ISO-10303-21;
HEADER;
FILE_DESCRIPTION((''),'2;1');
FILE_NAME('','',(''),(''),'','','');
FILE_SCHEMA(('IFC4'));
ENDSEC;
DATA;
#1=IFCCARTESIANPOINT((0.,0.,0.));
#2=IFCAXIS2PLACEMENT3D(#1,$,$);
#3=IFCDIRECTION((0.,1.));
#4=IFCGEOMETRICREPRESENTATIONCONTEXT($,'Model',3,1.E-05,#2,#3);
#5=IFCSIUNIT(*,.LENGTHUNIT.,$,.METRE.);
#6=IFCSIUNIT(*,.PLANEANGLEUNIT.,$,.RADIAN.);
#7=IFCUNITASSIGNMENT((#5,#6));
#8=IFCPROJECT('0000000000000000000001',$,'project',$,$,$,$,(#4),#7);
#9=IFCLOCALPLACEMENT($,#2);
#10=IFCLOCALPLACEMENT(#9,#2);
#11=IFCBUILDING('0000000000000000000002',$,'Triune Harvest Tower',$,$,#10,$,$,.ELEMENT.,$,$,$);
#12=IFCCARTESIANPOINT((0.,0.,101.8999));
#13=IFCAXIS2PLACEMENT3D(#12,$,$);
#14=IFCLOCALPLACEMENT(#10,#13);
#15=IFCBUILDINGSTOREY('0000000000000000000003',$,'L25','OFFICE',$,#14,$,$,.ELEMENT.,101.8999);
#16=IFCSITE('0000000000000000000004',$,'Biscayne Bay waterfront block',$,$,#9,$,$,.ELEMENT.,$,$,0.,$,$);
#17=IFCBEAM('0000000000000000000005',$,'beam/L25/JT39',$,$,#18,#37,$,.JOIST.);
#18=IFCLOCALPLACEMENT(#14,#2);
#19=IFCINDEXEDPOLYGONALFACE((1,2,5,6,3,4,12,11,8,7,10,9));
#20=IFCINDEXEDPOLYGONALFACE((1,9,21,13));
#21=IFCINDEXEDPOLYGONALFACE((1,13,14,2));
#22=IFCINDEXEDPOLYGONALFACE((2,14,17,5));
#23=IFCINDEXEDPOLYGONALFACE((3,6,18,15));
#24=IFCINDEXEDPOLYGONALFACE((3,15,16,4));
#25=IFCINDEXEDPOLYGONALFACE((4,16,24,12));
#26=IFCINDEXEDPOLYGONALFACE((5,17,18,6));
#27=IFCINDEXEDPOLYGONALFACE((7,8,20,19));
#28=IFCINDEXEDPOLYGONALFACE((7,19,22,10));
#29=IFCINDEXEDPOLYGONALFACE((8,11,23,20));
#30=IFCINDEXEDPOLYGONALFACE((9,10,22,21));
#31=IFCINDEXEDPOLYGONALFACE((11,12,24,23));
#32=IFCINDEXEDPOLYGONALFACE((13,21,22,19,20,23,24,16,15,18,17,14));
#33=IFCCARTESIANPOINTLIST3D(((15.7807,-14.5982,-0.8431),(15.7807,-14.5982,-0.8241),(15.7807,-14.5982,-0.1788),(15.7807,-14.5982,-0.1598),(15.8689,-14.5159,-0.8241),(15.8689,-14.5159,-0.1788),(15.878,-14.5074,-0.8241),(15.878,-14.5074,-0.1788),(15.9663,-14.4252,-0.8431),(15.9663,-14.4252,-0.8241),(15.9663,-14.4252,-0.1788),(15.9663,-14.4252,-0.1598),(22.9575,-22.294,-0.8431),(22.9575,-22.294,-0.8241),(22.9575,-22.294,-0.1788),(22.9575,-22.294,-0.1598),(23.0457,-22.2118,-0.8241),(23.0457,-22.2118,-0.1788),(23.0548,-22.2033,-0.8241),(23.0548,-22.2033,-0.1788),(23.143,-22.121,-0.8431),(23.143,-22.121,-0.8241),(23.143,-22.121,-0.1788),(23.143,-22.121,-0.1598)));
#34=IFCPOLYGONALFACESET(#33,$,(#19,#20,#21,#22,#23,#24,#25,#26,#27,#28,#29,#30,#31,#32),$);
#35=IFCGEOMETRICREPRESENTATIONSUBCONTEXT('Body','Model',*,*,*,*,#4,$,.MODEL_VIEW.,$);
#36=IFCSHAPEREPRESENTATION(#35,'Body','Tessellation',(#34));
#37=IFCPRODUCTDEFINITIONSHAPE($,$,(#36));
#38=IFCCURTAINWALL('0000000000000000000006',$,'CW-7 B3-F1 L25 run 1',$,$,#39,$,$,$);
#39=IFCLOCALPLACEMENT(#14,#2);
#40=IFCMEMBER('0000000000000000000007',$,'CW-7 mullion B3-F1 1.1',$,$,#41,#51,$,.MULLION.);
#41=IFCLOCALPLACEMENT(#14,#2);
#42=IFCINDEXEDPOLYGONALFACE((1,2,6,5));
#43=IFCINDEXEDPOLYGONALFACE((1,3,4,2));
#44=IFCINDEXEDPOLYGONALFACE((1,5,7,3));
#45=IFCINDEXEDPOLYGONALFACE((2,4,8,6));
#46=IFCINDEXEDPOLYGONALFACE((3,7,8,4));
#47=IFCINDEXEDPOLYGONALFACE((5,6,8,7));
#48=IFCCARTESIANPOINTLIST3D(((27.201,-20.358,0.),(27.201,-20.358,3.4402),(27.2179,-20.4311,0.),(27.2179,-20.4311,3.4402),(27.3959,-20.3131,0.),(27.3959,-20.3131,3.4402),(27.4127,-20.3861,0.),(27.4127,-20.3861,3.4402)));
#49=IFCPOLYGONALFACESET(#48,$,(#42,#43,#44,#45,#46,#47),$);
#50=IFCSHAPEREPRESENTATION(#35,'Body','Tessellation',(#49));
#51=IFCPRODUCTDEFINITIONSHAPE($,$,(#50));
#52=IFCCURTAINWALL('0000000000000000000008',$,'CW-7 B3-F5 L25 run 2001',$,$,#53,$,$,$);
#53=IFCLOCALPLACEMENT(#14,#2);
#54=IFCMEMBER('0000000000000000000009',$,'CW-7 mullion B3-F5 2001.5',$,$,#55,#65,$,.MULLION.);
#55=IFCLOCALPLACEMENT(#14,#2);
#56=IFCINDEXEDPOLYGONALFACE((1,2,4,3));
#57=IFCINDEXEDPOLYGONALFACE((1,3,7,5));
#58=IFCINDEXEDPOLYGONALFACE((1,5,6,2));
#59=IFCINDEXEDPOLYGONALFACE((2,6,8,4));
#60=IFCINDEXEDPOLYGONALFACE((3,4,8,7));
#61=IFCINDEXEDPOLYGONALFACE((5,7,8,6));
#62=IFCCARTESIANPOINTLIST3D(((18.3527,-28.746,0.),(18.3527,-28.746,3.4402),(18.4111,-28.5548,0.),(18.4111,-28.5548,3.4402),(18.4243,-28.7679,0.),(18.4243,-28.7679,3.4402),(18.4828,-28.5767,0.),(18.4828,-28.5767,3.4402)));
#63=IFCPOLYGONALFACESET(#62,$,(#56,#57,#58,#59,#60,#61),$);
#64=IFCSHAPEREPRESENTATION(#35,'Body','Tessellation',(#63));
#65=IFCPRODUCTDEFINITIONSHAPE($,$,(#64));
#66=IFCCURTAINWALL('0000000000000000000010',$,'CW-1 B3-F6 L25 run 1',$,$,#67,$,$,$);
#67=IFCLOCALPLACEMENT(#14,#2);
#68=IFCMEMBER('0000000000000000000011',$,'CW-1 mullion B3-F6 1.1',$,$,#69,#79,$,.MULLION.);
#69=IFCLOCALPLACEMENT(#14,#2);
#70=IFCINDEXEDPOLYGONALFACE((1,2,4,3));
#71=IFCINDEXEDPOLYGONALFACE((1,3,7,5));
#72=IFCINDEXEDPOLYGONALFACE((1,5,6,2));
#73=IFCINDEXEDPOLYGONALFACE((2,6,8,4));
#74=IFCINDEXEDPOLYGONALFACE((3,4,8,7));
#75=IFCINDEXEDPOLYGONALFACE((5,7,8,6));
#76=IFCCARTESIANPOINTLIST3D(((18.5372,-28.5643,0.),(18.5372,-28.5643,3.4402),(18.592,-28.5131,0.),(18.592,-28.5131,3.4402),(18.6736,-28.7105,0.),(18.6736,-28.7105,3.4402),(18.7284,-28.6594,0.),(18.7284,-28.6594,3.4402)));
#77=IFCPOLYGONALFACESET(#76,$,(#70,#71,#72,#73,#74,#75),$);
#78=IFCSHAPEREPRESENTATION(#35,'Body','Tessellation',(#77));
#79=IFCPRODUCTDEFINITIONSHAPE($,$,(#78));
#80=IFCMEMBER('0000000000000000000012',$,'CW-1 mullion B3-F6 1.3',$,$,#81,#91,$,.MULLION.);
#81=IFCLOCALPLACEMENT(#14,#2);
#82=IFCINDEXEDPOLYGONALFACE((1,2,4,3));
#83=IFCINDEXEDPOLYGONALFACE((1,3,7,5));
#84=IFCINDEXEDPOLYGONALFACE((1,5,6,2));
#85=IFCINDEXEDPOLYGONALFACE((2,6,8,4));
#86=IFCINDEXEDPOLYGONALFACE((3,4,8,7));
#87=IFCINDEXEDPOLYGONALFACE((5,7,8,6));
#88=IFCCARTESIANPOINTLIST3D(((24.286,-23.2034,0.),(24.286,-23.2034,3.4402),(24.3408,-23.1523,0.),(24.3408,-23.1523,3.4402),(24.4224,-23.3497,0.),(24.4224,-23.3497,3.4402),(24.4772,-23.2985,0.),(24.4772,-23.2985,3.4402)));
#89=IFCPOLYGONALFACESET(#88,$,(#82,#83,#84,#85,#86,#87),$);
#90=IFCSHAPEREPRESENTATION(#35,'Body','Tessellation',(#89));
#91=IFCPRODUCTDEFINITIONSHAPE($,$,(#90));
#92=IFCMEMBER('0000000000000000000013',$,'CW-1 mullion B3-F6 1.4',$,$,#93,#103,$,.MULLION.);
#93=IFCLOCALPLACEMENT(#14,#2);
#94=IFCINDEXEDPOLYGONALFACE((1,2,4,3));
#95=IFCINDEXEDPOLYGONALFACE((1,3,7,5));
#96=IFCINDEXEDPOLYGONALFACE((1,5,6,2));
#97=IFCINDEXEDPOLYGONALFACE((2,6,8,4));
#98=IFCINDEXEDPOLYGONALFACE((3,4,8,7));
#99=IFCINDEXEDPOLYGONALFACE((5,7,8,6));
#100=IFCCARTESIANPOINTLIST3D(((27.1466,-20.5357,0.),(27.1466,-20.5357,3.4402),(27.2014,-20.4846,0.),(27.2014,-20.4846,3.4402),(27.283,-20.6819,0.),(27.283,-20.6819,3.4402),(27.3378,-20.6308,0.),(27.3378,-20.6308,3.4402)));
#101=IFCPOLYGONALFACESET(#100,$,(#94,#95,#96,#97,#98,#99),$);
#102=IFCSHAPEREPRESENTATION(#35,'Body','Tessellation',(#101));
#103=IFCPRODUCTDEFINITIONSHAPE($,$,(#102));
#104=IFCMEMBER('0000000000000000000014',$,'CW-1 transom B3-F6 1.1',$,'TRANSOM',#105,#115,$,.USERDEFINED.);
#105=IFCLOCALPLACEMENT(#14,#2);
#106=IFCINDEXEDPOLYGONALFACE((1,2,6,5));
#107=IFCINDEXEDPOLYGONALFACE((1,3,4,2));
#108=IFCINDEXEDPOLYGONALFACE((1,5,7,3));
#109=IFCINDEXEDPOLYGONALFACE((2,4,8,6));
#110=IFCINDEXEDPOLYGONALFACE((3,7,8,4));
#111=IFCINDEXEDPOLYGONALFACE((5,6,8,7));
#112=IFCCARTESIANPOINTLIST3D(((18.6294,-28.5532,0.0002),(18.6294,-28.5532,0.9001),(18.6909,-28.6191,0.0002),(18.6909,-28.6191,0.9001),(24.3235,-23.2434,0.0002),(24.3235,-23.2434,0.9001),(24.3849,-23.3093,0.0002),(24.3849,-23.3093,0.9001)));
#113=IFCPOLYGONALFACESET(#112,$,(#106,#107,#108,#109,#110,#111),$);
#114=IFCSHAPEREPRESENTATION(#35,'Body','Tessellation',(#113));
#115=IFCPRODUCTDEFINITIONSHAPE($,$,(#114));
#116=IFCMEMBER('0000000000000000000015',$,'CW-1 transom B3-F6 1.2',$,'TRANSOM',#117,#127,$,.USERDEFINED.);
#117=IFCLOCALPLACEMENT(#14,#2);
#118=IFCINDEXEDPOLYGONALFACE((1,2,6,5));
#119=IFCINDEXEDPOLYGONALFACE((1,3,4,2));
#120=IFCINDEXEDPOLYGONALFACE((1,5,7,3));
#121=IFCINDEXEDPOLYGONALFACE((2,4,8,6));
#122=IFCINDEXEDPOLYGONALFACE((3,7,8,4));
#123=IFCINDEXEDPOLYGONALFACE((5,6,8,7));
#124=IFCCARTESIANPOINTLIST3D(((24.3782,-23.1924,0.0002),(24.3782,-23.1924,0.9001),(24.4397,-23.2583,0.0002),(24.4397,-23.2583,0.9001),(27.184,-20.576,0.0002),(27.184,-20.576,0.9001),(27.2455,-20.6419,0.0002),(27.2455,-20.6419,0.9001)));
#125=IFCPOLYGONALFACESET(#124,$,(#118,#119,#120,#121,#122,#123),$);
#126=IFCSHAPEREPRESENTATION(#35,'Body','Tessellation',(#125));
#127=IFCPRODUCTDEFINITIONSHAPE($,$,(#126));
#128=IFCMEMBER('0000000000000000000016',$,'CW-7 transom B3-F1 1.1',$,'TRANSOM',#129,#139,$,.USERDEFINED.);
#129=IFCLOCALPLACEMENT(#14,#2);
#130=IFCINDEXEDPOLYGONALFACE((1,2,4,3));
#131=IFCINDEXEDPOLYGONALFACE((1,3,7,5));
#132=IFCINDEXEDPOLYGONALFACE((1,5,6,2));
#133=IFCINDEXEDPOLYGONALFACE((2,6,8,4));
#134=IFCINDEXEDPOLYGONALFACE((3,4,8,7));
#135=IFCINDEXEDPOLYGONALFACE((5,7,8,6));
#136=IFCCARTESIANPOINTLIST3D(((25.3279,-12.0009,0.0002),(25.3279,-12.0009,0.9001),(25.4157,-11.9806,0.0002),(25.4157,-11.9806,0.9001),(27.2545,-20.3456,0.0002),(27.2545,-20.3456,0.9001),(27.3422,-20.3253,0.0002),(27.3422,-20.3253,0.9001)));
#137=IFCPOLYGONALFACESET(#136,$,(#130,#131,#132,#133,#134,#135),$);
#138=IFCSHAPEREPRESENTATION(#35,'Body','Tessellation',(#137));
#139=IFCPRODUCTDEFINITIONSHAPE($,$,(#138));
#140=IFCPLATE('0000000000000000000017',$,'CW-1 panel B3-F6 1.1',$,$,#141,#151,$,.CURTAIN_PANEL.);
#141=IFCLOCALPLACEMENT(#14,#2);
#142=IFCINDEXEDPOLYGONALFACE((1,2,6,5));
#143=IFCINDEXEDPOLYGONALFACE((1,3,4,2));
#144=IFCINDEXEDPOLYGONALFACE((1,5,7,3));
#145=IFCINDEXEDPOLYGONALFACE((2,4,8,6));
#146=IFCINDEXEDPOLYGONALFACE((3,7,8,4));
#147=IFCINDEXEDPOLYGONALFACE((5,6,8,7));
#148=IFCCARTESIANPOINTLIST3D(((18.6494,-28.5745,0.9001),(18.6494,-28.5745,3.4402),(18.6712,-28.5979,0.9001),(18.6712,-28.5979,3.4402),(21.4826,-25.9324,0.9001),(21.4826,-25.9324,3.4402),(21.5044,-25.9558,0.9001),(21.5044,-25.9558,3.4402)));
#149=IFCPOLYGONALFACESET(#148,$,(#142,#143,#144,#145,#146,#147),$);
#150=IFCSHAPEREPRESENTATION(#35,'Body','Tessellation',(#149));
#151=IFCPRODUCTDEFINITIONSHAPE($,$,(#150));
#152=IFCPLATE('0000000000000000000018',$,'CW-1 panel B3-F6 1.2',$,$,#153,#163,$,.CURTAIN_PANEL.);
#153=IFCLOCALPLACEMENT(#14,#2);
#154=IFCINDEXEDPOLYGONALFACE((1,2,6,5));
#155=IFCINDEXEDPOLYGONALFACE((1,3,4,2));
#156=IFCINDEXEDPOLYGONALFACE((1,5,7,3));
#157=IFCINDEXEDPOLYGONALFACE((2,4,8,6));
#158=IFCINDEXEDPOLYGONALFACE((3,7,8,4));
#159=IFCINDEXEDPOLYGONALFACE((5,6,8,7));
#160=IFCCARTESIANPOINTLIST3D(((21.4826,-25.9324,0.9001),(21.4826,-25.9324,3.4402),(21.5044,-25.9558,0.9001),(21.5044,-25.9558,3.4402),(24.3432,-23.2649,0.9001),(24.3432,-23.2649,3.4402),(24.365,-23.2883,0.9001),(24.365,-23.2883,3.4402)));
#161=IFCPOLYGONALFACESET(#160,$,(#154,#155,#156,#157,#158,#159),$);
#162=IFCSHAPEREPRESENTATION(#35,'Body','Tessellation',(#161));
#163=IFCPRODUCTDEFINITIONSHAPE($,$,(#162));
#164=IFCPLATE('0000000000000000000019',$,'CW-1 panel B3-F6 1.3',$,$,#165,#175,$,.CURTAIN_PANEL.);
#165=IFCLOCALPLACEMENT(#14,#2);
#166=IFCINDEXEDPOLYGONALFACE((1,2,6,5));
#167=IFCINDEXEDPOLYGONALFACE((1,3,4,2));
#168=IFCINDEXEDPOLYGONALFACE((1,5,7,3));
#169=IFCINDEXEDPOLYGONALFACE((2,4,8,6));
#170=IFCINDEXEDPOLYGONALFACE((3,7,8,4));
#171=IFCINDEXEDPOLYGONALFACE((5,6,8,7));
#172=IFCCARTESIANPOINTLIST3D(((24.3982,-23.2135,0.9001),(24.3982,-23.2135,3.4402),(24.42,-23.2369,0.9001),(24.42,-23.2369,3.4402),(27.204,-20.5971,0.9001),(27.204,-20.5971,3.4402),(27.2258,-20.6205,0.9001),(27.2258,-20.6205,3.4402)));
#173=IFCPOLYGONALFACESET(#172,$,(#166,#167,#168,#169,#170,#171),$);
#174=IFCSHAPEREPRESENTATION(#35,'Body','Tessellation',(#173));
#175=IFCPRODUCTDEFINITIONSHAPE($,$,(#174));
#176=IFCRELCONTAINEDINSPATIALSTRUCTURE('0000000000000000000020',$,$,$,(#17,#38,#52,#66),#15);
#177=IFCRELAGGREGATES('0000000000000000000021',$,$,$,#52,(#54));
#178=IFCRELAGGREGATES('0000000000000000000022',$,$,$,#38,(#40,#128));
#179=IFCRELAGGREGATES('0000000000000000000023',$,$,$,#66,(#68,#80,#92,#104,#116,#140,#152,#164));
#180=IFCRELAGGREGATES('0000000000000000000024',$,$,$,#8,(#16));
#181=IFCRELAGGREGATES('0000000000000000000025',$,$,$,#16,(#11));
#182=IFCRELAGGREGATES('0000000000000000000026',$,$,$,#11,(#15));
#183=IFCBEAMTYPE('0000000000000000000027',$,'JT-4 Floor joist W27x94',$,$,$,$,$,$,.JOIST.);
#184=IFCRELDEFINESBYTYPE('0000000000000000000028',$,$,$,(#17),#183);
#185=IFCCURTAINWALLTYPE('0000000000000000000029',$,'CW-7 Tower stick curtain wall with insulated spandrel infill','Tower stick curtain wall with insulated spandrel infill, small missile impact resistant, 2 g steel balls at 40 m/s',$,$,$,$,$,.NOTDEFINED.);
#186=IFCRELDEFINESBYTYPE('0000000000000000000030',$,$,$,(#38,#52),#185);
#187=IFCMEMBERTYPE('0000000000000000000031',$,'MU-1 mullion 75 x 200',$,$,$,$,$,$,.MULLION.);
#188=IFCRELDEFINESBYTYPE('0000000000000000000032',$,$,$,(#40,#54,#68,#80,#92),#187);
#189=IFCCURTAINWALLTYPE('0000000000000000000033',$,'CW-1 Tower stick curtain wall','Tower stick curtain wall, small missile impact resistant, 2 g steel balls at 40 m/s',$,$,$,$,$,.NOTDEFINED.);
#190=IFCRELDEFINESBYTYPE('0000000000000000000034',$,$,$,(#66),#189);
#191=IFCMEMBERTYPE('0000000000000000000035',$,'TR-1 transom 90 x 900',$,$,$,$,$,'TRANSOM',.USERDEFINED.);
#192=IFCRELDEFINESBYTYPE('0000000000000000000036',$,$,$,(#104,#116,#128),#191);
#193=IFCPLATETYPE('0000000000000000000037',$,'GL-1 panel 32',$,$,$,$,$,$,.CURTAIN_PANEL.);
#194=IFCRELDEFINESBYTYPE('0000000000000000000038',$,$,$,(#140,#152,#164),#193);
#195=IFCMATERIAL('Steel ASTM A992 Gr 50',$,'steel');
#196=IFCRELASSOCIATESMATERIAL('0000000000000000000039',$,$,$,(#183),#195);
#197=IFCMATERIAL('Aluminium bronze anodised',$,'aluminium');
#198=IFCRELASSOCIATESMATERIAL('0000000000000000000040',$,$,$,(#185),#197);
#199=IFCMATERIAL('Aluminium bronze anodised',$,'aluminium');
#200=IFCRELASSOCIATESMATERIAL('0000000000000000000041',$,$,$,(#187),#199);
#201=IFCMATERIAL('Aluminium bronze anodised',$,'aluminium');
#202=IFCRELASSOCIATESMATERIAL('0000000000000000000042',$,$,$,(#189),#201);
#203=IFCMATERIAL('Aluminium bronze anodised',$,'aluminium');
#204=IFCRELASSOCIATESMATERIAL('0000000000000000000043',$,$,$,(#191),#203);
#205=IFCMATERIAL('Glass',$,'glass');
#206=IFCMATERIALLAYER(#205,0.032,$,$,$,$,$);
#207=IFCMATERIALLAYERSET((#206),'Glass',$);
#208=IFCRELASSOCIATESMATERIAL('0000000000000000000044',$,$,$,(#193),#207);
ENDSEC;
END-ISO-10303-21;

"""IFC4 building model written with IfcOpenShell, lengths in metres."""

from ifc_helpers import new_model, si_unit, direction, frame, origin, origin_2d, place, context, subcontext, project, spatial, rectangle, i_section, extrude, source, transform, mapped, material, layer, layer_set, material_profile, profile_set, type_object, element, aggregate, save


model = new_model("IFC4")

# Units and contexts
model_context = context("Model", 3, precision=1e-05, world=origin(), true_north=direction((0.0, 1.0)))
body_context = subcontext(model_context, "Body", "Model", "MODEL_VIEW")
ifc_project = project(units=[si_unit("LENGTHUNIT", "METRE"), si_unit("PLANEANGLEUNIT", "RADIAN")], contexts=[model_context])

# Site, building, storey
site_placement = place(None, origin())
site = spatial("IfcSite", under=ifc_project, at=site_placement, Name="Biscayne Bay waterfront block", CompositionType="ELEMENT", RefElevation=0.0)
building_placement = place(site_placement, origin())
building = spatial("IfcBuilding", under=site, at=building_placement, Name="Triune Harvest Tower", CompositionType="ELEMENT")
storey_placement = place(building_placement, frame((0.0, 0.0, 101.8999)))
storey = spatial("IfcBuildingStorey", under=building, at=storey_placement, Name="L25", Description="OFFICE", CompositionType="ELEMENT", Elevation=101.8999)

# Beam
ifc_material_1 = material(Name="Steel ASTM A992 Gr 50", Category="steel")
ifc_material_profile_1 = material_profile(ifc_material_1, i_section(OverallWidth=0.2537, OverallDepth=0.6833, WebThickness=0.0125, FlangeThickness=0.019, at=origin_2d()), Name="W27x94")
ifc_profile_set_1 = profile_set([ifc_material_profile_1], Name="Steel ASTM A992 Gr 50")
beam_type_1 = type_object("IfcBeamType", Name="JT-4 Floor joist W27x94", PredefinedType="JOIST", material=ifc_profile_set_1)
shared_shape_1 = source(origin(), body_context, "Body", "SweptSolid", [
    extrude(i_section(OverallWidth=0.2537, OverallDepth=0.6833, WebThickness=0.0125, FlangeThickness=0.019, at=origin_2d()), origin(), (0.0, 0.0, 1.0), 10.5229),
])
beam_1_placement = place(storey_placement, frame((23.0503, -22.2075, -0.5015), z_axis=(-0.682014, 0.731339, 0.0), x_axis=(-0.731339, -0.682014, 0.0)))
element("IfcBeam", 1, at=beam_1_placement, inside=storey, type_object=beam_type_1, Name="beam/L25/JT39", PredefinedType="JOIST", context=body_context, shape_type="MappedRepresentation", body=[
    mapped(shared_shape_1, transform((0.0, 0.0, 0.0), scale=1.0)),
])

# Curtain walls, members
ifc_material_2 = material(Name="Aluminium bronze anodised", Category="aluminium")
curtain_wall_type_1 = type_object("IfcCurtainWallType", Name="CW-7 Tower stick curtain wall with insulated spandrel infill", Description="Tower stick curtain wall with insulated spandrel infill, small missile impact resistant, 2 g steel balls at 40 m/s", PredefinedType="NOTDEFINED", material=ifc_material_2)
curtain_wall_1_placement = place(storey_placement, origin())
curtain_wall_1 = element("IfcCurtainWall", 2, at=curtain_wall_1_placement, inside=storey, type_object=curtain_wall_type_1, Name="CW-7 B3-F1 L25 run 1")
ifc_material_3 = material(Name="Aluminium bronze anodised", Category="aluminium")
ifc_material_profile_2 = material_profile(ifc_material_3, rectangle(XDim=0.2, YDim=0.075, at=origin_2d()), Name="MU-1 mullion 75 x 200")
ifc_profile_set_2 = profile_set([ifc_material_profile_2], Name="Aluminium bronze anodised")
member_type_1 = type_object("IfcMemberType", Name="MU-1 mullion 75 x 200", PredefinedType="MULLION", material=ifc_profile_set_2)
shared_shape_2 = source(origin(), body_context, "Body", "SweptSolid", [
    extrude(rectangle(XDim=0.2, YDim=0.075, at=origin_2d()), origin(), (0.0, 0.0, 1.0), 3.4402),
])
member_1_placement = place(storey_placement, frame((27.3069, -20.3721, 0.0), z_axis=(0.0, 0.0, 1.0), x_axis=(-0.97437, -0.224951, 0.0)))
member_1 = element("IfcMember", 3, at=member_1_placement, type_object=member_type_1, Name="CW-7 mullion B3-F1 1.1", PredefinedType="MULLION", context=body_context, shape_type="MappedRepresentation", body=[
    mapped(shared_shape_2, transform((0.0, 0.0, 0.0), scale=1.0)),
])
curtain_wall_2_placement = place(storey_placement, origin())
curtain_wall_2 = element("IfcCurtainWall", 4, at=curtain_wall_2_placement, inside=storey, type_object=curtain_wall_type_1, Name="CW-7 B3-F5 L25 run 2001")
member_2_placement = place(storey_placement, frame((18.4177, -28.6614, 0.0), z_axis=(0.0, 0.0, 1.0), x_axis=(0.292372, 0.956305, 0.0)))
member_2 = element("IfcMember", 5, at=member_2_placement, type_object=member_type_1, Name="CW-7 mullion B3-F5 2001.5", PredefinedType="MULLION", context=body_context, shape_type="MappedRepresentation", body=[
    mapped(shared_shape_2, transform((0.0, 0.0, 0.0), scale=1.0)),
])
aggregate(curtain_wall_2, [member_2])

# Curtain wall, members
ifc_material_4 = material(Name="Aluminium bronze anodised", Category="aluminium")
curtain_wall_type_2 = type_object("IfcCurtainWallType", Name="CW-1 Tower stick curtain wall", Description="Tower stick curtain wall, small missile impact resistant, 2 g steel balls at 40 m/s", PredefinedType="NOTDEFINED", material=ifc_material_4)
curtain_wall_3_placement = place(storey_placement, origin())
curtain_wall_3 = element("IfcCurtainWall", 6, at=curtain_wall_3_placement, inside=storey, type_object=curtain_wall_type_2, Name="CW-1 B3-F6 L25 run 1")
member_3_placement = place(storey_placement, frame((18.6328, -28.6118, 0.0), z_axis=(0.0, 0.0, 1.0), x_axis=(-0.682002, 0.73135, 0.0)))
member_3 = element("IfcMember", 7, at=member_3_placement, type_object=member_type_1, Name="CW-1 mullion B3-F6 1.1", PredefinedType="MULLION", context=body_context, shape_type="MappedRepresentation", body=[
    mapped(shared_shape_2, transform((0.0, 0.0, 0.0), scale=1.0)),
])
member_4_placement = place(storey_placement, frame((24.3816, -23.251, 0.0), z_axis=(0.0, 0.0, 1.0), x_axis=(-0.682002, 0.73135, 0.0)))
member_4 = element("IfcMember", 8, at=member_4_placement, type_object=member_type_1, Name="CW-1 mullion B3-F6 1.3", PredefinedType="MULLION", context=body_context, shape_type="MappedRepresentation", body=[
    mapped(shared_shape_2, transform((0.0, 0.0, 0.0), scale=1.0)),
])
member_5_placement = place(storey_placement, frame((27.2422, -20.5833, 0.0), z_axis=(0.0, 0.0, 1.0), x_axis=(-0.682002, 0.73135, 0.0)))
member_5 = element("IfcMember", 9, at=member_5_placement, type_object=member_type_1, Name="CW-1 mullion B3-F6 1.4", PredefinedType="MULLION", context=body_context, shape_type="MappedRepresentation", body=[
    mapped(shared_shape_2, transform((0.0, 0.0, 0.0), scale=1.0)),
])
ifc_material_5 = material(Name="Aluminium bronze anodised", Category="aluminium")
ifc_material_profile_3 = material_profile(ifc_material_5, rectangle(XDim=0.0901, YDim=0.8999, at=origin_2d()), Name="TR-1 transom 90 x 900")
ifc_profile_set_3 = profile_set([ifc_material_profile_3], Name="Aluminium bronze anodised")
member_type_2 = type_object("IfcMemberType", Name="TR-1 transom 90 x 900", ElementType="TRANSOM", PredefinedType="USERDEFINED", material=ifc_profile_set_3)
shared_shape_3 = source(origin(), body_context, "Body", "SweptSolid", [
    extrude(rectangle(XDim=0.0901, YDim=0.8999, at=origin_2d()), origin(), (0.0, 0.0, 1.0), 7.7856),
])
member_6_placement = place(storey_placement, frame((18.6602, -28.5862, 0.4502), z_axis=(0.731354, 0.681998, 0.0), x_axis=(-0.681998, 0.731354, 0.0)))
member_6 = element("IfcMember", 10, at=member_6_placement, type_object=member_type_2, Name="CW-1 transom B3-F6 1.1", ObjectType="TRANSOM", PredefinedType="USERDEFINED", context=body_context, shape_type="MappedRepresentation", body=[
    mapped(shared_shape_3, transform((0.0, 0.0, 0.0), scale=1.0)),
])
shared_shape_4 = source(origin(), body_context, "Body", "SweptSolid", [
    extrude(rectangle(XDim=0.0901, YDim=0.8999, at=origin_2d()), origin(), (0.0, 0.0, 1.0), 3.8364),
])
member_7_placement = place(storey_placement, frame((24.4089, -23.2253, 0.4502), z_axis=(0.731366, 0.681985, 0.0), x_axis=(-0.681985, 0.731366, 0.0)))
member_7 = element("IfcMember", 11, at=member_7_placement, type_object=member_type_2, Name="CW-1 transom B3-F6 1.2", ObjectType="TRANSOM", PredefinedType="USERDEFINED", context=body_context, shape_type="MappedRepresentation", body=[
    mapped(shared_shape_4, transform((0.0, 0.0, 0.0), scale=1.0)),
])

# Member
shared_shape_5 = source(origin(), body_context, "Body", "SweptSolid", [
    extrude(rectangle(XDim=0.0901, YDim=0.8999, at=origin_2d()), origin(), (0.0, 0.0, 1.0), 8.5642),
])
member_8_placement = place(storey_placement, frame((27.2983, -20.3354, 0.4502), z_axis=(-0.224949, 0.974371, 0.0), x_axis=(-0.974371, -0.224949, 0.0)))
member_8 = element("IfcMember", 12, at=member_8_placement, type_object=member_type_2, Name="CW-7 transom B3-F1 1.1", ObjectType="TRANSOM", PredefinedType="USERDEFINED", context=body_context, shape_type="MappedRepresentation", body=[
    mapped(shared_shape_5, transform((0.0, 0.0, 0.0), scale=1.0)),
])
aggregate(curtain_wall_1, [member_1, member_8])

# Plates
ifc_material_6 = material(Name="Glass", Category="glass")
ifc_layer_1 = layer(ifc_material_6, 0.032)
ifc_layer_set_1 = layer_set([ifc_layer_1], Name="Glass")
plate_type = type_object("IfcPlateType", Name="GL-1 panel 32", PredefinedType="CURTAIN_PANEL", material=ifc_layer_set_1)
shared_shape_6 = source(origin(), body_context, "Body", "SweptSolid", [
    extrude(rectangle(XDim=3.874, YDim=0.032, at=origin_2d()), origin(), (0.0, 0.0, 1.0), 2.54),
])
plate_1_placement = place(storey_placement, frame((20.0769, -27.2651, 0.9001), z_axis=(0.0, 0.0, 1.0), x_axis=(0.73135, 0.682002, 0.0)))
plate_1 = element("IfcPlate", 13, at=plate_1_placement, type_object=plate_type, Name="CW-1 panel B3-F6 1.1", PredefinedType="CURTAIN_PANEL", context=body_context, shape_type="MappedRepresentation", body=[
    mapped(shared_shape_6, transform((0.0, 0.0, 0.0), scale=1.0)),
])
shared_shape_7 = source(origin(), body_context, "Body", "SweptSolid", [
    extrude(rectangle(XDim=3.9114, YDim=0.032, at=origin_2d()), origin(), (0.0, 0.0, 1.0), 2.54),
])
plate_2_placement = place(storey_placement, frame((22.9238, -24.6104, 0.9001), z_axis=(0.0, 0.0, 1.0), x_axis=(0.73135, 0.682002, 0.0)))
plate_2 = element("IfcPlate", 14, at=plate_2_placement, type_object=plate_type, Name="CW-1 panel B3-F6 1.2", PredefinedType="CURTAIN_PANEL", context=body_context, shape_type="MappedRepresentation", body=[
    mapped(shared_shape_7, transform((0.0, 0.0, 0.0), scale=1.0)),
])
shared_shape_8 = source(origin(), body_context, "Body", "SweptSolid", [
    extrude(rectangle(XDim=3.8364, YDim=0.032, at=origin_2d()), origin(), (0.0, 0.0, 1.0), 2.54),
])
plate_3_placement = place(storey_placement, frame((25.812, -21.917, 0.9001), z_axis=(0.0, 0.0, 1.0), x_axis=(0.73135, 0.682002, 0.0)))
plate_3 = element("IfcPlate", 15, at=plate_3_placement, type_object=plate_type, Name="CW-1 panel B3-F6 1.3", PredefinedType="CURTAIN_PANEL", context=body_context, shape_type="MappedRepresentation", body=[
    mapped(shared_shape_8, transform((0.0, 0.0, 0.0), scale=1.0)),
])
aggregate(curtain_wall_3, [member_3, member_4, member_5, member_6, member_7, plate_1, plate_2, plate_3])

save(model, "model.ifc")
